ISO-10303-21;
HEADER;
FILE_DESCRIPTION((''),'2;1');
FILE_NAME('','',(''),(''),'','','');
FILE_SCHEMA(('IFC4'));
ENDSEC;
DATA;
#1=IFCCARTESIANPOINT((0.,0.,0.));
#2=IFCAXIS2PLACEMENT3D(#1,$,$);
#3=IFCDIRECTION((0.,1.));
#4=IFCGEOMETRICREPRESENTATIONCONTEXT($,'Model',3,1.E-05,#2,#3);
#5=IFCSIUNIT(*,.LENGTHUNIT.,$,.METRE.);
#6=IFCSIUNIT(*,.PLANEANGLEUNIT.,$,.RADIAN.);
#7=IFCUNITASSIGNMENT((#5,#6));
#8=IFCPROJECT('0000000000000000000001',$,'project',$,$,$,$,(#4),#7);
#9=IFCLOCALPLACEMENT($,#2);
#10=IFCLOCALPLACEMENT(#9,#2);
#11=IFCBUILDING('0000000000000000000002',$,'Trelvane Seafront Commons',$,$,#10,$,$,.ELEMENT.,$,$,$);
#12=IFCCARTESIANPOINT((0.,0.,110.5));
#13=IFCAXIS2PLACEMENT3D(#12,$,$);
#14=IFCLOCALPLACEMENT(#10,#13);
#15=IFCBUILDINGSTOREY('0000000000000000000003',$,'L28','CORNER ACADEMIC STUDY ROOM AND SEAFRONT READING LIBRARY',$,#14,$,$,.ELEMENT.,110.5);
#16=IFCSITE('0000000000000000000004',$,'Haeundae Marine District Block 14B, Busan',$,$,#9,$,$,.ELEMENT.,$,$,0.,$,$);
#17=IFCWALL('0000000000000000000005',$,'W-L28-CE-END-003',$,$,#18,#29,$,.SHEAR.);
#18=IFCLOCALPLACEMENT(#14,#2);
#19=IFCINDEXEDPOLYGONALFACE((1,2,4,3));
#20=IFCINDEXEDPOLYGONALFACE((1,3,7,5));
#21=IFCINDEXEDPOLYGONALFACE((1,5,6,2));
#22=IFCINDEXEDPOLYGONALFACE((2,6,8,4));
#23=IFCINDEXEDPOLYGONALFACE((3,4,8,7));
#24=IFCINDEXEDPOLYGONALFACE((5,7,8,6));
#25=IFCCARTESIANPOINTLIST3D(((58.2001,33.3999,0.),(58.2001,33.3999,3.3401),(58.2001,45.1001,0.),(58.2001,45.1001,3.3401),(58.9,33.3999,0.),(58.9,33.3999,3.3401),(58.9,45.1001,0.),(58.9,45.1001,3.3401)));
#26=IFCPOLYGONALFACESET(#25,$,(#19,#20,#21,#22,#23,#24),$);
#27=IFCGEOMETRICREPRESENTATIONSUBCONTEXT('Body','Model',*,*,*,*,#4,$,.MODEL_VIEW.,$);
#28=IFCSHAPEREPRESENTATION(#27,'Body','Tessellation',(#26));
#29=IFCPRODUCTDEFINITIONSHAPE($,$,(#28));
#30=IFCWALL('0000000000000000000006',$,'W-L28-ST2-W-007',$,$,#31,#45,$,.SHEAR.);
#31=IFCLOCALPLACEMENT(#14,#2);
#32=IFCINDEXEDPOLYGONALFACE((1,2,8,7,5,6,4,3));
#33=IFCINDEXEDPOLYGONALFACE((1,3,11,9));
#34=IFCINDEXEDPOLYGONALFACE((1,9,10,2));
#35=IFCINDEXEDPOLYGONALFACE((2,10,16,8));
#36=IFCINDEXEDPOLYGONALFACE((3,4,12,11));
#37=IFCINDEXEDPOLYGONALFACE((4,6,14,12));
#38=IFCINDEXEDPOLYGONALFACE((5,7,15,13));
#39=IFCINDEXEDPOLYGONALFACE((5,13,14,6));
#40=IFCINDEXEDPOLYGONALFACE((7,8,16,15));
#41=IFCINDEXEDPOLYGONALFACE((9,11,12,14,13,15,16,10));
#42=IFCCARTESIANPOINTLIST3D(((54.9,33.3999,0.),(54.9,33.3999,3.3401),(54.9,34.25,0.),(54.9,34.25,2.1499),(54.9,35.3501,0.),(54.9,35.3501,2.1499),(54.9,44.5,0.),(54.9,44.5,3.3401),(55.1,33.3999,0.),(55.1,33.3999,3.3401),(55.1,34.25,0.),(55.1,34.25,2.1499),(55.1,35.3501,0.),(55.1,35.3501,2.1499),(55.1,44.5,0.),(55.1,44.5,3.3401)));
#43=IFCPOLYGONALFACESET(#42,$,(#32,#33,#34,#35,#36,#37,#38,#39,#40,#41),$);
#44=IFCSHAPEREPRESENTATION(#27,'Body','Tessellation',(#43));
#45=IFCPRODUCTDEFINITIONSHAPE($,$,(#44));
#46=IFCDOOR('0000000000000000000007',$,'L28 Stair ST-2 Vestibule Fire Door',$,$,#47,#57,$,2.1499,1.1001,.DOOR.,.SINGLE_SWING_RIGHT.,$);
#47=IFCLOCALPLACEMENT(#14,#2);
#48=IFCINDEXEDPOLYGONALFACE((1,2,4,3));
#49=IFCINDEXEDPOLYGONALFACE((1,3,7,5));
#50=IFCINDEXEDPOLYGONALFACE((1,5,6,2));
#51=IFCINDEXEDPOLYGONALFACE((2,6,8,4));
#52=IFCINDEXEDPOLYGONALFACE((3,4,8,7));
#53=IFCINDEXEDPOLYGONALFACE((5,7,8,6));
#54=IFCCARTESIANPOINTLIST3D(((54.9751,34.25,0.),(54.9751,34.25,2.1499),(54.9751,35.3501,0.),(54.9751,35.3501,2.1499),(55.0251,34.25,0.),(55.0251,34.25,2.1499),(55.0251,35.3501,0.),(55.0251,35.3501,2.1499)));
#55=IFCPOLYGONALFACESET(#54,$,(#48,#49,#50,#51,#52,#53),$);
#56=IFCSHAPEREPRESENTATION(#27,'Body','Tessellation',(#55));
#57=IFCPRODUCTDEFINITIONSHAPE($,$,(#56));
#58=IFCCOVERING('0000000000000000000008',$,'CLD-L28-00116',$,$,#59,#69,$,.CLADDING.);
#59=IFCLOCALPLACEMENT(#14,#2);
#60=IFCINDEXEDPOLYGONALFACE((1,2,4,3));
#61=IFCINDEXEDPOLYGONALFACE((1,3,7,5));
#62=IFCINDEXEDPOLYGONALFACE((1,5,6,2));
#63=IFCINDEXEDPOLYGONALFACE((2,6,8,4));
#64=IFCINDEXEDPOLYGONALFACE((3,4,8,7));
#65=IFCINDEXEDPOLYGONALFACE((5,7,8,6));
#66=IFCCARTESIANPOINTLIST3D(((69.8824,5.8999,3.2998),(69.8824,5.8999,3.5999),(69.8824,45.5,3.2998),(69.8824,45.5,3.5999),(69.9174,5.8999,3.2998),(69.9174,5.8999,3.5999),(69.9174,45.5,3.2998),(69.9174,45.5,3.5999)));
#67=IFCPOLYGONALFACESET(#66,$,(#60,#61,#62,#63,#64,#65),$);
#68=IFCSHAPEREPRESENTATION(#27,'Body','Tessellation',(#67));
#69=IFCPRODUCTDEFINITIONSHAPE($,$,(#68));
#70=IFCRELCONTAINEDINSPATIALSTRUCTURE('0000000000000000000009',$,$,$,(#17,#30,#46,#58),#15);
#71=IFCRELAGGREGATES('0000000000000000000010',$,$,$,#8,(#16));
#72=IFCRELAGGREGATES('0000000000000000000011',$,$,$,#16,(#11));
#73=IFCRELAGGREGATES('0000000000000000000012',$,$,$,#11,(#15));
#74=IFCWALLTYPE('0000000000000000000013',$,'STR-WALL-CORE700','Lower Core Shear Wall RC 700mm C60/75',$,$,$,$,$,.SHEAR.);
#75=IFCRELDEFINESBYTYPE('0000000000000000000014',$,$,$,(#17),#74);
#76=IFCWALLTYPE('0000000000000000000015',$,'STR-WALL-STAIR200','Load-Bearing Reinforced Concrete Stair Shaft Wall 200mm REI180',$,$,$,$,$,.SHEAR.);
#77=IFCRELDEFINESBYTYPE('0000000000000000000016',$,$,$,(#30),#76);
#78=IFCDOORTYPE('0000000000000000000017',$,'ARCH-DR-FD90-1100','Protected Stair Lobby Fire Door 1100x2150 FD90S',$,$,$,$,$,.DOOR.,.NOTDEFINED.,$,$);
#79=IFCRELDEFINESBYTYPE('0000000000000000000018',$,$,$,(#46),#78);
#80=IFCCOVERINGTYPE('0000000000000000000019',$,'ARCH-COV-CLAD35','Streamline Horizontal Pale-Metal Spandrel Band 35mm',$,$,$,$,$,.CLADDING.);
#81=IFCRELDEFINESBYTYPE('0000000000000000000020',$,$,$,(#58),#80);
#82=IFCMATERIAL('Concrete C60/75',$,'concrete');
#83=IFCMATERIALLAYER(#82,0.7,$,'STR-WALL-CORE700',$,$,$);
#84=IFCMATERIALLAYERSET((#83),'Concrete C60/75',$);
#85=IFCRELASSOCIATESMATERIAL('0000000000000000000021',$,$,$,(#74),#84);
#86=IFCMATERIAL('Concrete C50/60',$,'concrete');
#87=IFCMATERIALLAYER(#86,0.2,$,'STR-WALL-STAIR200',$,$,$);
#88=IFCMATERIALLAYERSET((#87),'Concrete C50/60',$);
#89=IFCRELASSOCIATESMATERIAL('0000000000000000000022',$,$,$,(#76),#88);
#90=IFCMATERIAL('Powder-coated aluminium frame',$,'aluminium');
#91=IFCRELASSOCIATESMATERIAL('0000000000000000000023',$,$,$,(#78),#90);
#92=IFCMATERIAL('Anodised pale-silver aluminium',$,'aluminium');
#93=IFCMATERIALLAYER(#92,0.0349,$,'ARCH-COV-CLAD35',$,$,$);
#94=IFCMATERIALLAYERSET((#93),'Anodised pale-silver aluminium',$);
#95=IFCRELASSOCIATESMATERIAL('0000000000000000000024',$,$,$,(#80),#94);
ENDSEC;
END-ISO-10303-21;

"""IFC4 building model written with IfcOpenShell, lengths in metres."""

from ifc_helpers import new_model, si_unit, direction, frame, frame_2d, origin, origin_2d, place, context, subcontext, project, spatial, rectangle, extrude, source, transform, mapped, material, layer, layer_set, type_object, element, fill, save


model = new_model("IFC4")

# Units and contexts
model_context = context("Model", 3, precision=1e-05, world=origin(), true_north=direction((0.0, 1.0)))
body_context = subcontext(model_context, "Body", "Model", "MODEL_VIEW")
ifc_project = project(units=[si_unit("LENGTHUNIT", "METRE"), si_unit("PLANEANGLEUNIT", "RADIAN")], contexts=[model_context])

# Site, building, storey
site_placement = place(None, origin())
site = spatial("IfcSite", under=ifc_project, at=site_placement, Name="Haeundae Marine District Block 14B, Busan", CompositionType="ELEMENT", RefElevation=0.0)
building_placement = place(site_placement, origin())
building = spatial("IfcBuilding", under=site, at=building_placement, Name="Trelvane Seafront Commons", CompositionType="ELEMENT")
storey_placement = place(building_placement, frame((0.0, 0.0, 110.5)))
storey = spatial("IfcBuildingStorey", under=building, at=storey_placement, Name="L28", Description="CORNER ACADEMIC STUDY ROOM AND SEAFRONT READING LIBRARY", CompositionType="ELEMENT", Elevation=110.5)

# Shared definitions
ifc_material_1 = material(Name="Concrete C60/75", Category="concrete")

# Shared definitions
ifc_material_2 = material(Name="Anodised pale-silver aluminium", Category="aluminium")

# Shared definitions
ifc_material_3 = material(Name="Powder-coated aluminium frame", Category="aluminium")

# Wall
ifc_layer_1 = layer(ifc_material_1, 0.7, Name="STR-WALL-CORE700")
ifc_layer_set_1 = layer_set([ifc_layer_1], Name="Concrete C60/75")
wall_type_1 = type_object("IfcWallType", Name="STR-WALL-CORE700", Description="Lower Core Shear Wall RC 700mm C60/75", PredefinedType="SHEAR", material=ifc_layer_set_1)
wall_1_placement = place(storey_placement, frame((58.55, 33.3999, 0.0), z_axis=(0.0, 0.0, 1.0), x_axis=(0.0, 1.0, 0.0)))
element("IfcWall", 1, at=wall_1_placement, inside=storey, type_object=wall_type_1, Name="W-L28-CE-END-003", PredefinedType="SHEAR", context=body_context, shape_type="SweptSolid", body=[
    extrude(rectangle(XDim=11.7002, YDim=0.7, at=frame_2d((5.8501, 0.0))), origin(), (0.0, 0.0, 1.0), 3.3401),
])

# Wall, opening, door
ifc_material_4 = material(Name="Concrete C50/60", Category="concrete")
ifc_layer_2 = layer(ifc_material_4, 0.2, Name="STR-WALL-STAIR200")
ifc_layer_set_2 = layer_set([ifc_layer_2], Name="Concrete C50/60")
wall_type_2 = type_object("IfcWallType", Name="STR-WALL-STAIR200", Description="Load-Bearing Reinforced Concrete Stair Shaft Wall 200mm REI180", PredefinedType="SHEAR", material=ifc_layer_set_2)
wall_2_placement = place(storey_placement, frame((55.0, 33.3999, 0.0), z_axis=(0.0, 0.0, 1.0), x_axis=(0.0, 1.0, 0.0)))
wall_2 = element("IfcWall", 2, at=wall_2_placement, inside=storey, type_object=wall_type_2, Name="W-L28-ST2-W-007", PredefinedType="SHEAR", context=body_context, shape_type="SweptSolid", body=[
    extrude(rectangle(XDim=11.1001, YDim=0.2, at=frame_2d((5.55, 0.0))), origin(), (0.0, 0.0, 1.0), 3.3401),
])
opening_1_placement = place(wall_2_placement, frame((0.8501, 0.0, 0.0)))
opening_1 = element("IfcOpeningElement", 3, at=opening_1_placement, cuts=wall_2, PredefinedType="OPENING", context=body_context, shape_type="SweptSolid", body=[
    extrude(rectangle(XDim=1.1001, YDim=2.1499, at=frame_2d((0.55, 1.075))), frame((0.0, 0.1099, 0.0), z_axis=(0.0, -1.0, 0.0), x_axis=(1.0, 0.0, 0.0)), (0.0, 0.0, 1.0), 0.22),
])
door_type_1 = type_object("IfcDoorType", Name="ARCH-DR-FD90-1100", Description="Protected Stair Lobby Fire Door 1100x2150 FD90S", OperationType="NOTDEFINED", PredefinedType="DOOR", material=ifc_material_3)
shared_shape_1 = source(origin(), body_context, "Body", "SweptSolid", [
    extrude(rectangle(XDim=1.1001, YDim=2.1499, at=frame_2d((0.55, 1.075))), frame((0.0, 0.0249, 0.0), z_axis=(0.0, -1.0, 0.0), x_axis=(1.0, 0.0, 0.0)), (0.0, 0.0, 1.0), 0.05),
])
door_1_placement = place(opening_1_placement, origin())
door_1 = element("IfcDoor", 4, at=door_1_placement, inside=storey, type_object=door_type_1, Name="L28 Stair ST-2 Vestibule Fire Door", OperationType="SINGLE_SWING_RIGHT", OverallHeight=2.1499, OverallWidth=1.1001, PredefinedType="DOOR", context=body_context, shape_type="MappedRepresentation", body=[
    mapped(shared_shape_1, transform((0.0, 0.0, 0.0), x_axis=(1.0, 0.0, 0.0), y_axis=(0.0, 1.0, 0.0), z_axis=(0.0, 0.0, 1.0), scale=1.0)),
])
fill(opening_1, door_1)

# Covering
ifc_layer_3 = layer(ifc_material_2, 0.0349, Name="ARCH-COV-CLAD35")
ifc_layer_set_3 = layer_set([ifc_layer_3], Name="Anodised pale-silver aluminium")
covering_type = type_object("IfcCoveringType", Name="ARCH-COV-CLAD35", Description="Streamline Horizontal Pale-Metal Spandrel Band 35mm", PredefinedType="CLADDING", material=ifc_layer_set_3)
shared_shape_2 = source(origin(), body_context, "Body", "SweptSolid", [
    extrude(rectangle(XDim=39.6001, YDim=0.0349, at=origin_2d()), origin(), (0.0, 0.0, 1.0), 0.3),
])
covering_placement = place(storey_placement, frame((69.8999, 25.7, 3.2998), z_axis=(0.0, 0.0, 1.0), x_axis=(0.0, -1.0, 0.0)))
element("IfcCovering", 5, at=covering_placement, inside=storey, type_object=covering_type, Name="CLD-L28-00116", PredefinedType="CLADDING", context=body_context, shape_type="MappedRepresentation", body=[
    mapped(shared_shape_2, transform((0.0, 0.0, 0.0), x_axis=(1.0, 0.0, 0.0), y_axis=(0.0, 1.0, 0.0), z_axis=(0.0, 0.0, 1.0), scale=1.0)),
])

save(model, "model.ifc")
